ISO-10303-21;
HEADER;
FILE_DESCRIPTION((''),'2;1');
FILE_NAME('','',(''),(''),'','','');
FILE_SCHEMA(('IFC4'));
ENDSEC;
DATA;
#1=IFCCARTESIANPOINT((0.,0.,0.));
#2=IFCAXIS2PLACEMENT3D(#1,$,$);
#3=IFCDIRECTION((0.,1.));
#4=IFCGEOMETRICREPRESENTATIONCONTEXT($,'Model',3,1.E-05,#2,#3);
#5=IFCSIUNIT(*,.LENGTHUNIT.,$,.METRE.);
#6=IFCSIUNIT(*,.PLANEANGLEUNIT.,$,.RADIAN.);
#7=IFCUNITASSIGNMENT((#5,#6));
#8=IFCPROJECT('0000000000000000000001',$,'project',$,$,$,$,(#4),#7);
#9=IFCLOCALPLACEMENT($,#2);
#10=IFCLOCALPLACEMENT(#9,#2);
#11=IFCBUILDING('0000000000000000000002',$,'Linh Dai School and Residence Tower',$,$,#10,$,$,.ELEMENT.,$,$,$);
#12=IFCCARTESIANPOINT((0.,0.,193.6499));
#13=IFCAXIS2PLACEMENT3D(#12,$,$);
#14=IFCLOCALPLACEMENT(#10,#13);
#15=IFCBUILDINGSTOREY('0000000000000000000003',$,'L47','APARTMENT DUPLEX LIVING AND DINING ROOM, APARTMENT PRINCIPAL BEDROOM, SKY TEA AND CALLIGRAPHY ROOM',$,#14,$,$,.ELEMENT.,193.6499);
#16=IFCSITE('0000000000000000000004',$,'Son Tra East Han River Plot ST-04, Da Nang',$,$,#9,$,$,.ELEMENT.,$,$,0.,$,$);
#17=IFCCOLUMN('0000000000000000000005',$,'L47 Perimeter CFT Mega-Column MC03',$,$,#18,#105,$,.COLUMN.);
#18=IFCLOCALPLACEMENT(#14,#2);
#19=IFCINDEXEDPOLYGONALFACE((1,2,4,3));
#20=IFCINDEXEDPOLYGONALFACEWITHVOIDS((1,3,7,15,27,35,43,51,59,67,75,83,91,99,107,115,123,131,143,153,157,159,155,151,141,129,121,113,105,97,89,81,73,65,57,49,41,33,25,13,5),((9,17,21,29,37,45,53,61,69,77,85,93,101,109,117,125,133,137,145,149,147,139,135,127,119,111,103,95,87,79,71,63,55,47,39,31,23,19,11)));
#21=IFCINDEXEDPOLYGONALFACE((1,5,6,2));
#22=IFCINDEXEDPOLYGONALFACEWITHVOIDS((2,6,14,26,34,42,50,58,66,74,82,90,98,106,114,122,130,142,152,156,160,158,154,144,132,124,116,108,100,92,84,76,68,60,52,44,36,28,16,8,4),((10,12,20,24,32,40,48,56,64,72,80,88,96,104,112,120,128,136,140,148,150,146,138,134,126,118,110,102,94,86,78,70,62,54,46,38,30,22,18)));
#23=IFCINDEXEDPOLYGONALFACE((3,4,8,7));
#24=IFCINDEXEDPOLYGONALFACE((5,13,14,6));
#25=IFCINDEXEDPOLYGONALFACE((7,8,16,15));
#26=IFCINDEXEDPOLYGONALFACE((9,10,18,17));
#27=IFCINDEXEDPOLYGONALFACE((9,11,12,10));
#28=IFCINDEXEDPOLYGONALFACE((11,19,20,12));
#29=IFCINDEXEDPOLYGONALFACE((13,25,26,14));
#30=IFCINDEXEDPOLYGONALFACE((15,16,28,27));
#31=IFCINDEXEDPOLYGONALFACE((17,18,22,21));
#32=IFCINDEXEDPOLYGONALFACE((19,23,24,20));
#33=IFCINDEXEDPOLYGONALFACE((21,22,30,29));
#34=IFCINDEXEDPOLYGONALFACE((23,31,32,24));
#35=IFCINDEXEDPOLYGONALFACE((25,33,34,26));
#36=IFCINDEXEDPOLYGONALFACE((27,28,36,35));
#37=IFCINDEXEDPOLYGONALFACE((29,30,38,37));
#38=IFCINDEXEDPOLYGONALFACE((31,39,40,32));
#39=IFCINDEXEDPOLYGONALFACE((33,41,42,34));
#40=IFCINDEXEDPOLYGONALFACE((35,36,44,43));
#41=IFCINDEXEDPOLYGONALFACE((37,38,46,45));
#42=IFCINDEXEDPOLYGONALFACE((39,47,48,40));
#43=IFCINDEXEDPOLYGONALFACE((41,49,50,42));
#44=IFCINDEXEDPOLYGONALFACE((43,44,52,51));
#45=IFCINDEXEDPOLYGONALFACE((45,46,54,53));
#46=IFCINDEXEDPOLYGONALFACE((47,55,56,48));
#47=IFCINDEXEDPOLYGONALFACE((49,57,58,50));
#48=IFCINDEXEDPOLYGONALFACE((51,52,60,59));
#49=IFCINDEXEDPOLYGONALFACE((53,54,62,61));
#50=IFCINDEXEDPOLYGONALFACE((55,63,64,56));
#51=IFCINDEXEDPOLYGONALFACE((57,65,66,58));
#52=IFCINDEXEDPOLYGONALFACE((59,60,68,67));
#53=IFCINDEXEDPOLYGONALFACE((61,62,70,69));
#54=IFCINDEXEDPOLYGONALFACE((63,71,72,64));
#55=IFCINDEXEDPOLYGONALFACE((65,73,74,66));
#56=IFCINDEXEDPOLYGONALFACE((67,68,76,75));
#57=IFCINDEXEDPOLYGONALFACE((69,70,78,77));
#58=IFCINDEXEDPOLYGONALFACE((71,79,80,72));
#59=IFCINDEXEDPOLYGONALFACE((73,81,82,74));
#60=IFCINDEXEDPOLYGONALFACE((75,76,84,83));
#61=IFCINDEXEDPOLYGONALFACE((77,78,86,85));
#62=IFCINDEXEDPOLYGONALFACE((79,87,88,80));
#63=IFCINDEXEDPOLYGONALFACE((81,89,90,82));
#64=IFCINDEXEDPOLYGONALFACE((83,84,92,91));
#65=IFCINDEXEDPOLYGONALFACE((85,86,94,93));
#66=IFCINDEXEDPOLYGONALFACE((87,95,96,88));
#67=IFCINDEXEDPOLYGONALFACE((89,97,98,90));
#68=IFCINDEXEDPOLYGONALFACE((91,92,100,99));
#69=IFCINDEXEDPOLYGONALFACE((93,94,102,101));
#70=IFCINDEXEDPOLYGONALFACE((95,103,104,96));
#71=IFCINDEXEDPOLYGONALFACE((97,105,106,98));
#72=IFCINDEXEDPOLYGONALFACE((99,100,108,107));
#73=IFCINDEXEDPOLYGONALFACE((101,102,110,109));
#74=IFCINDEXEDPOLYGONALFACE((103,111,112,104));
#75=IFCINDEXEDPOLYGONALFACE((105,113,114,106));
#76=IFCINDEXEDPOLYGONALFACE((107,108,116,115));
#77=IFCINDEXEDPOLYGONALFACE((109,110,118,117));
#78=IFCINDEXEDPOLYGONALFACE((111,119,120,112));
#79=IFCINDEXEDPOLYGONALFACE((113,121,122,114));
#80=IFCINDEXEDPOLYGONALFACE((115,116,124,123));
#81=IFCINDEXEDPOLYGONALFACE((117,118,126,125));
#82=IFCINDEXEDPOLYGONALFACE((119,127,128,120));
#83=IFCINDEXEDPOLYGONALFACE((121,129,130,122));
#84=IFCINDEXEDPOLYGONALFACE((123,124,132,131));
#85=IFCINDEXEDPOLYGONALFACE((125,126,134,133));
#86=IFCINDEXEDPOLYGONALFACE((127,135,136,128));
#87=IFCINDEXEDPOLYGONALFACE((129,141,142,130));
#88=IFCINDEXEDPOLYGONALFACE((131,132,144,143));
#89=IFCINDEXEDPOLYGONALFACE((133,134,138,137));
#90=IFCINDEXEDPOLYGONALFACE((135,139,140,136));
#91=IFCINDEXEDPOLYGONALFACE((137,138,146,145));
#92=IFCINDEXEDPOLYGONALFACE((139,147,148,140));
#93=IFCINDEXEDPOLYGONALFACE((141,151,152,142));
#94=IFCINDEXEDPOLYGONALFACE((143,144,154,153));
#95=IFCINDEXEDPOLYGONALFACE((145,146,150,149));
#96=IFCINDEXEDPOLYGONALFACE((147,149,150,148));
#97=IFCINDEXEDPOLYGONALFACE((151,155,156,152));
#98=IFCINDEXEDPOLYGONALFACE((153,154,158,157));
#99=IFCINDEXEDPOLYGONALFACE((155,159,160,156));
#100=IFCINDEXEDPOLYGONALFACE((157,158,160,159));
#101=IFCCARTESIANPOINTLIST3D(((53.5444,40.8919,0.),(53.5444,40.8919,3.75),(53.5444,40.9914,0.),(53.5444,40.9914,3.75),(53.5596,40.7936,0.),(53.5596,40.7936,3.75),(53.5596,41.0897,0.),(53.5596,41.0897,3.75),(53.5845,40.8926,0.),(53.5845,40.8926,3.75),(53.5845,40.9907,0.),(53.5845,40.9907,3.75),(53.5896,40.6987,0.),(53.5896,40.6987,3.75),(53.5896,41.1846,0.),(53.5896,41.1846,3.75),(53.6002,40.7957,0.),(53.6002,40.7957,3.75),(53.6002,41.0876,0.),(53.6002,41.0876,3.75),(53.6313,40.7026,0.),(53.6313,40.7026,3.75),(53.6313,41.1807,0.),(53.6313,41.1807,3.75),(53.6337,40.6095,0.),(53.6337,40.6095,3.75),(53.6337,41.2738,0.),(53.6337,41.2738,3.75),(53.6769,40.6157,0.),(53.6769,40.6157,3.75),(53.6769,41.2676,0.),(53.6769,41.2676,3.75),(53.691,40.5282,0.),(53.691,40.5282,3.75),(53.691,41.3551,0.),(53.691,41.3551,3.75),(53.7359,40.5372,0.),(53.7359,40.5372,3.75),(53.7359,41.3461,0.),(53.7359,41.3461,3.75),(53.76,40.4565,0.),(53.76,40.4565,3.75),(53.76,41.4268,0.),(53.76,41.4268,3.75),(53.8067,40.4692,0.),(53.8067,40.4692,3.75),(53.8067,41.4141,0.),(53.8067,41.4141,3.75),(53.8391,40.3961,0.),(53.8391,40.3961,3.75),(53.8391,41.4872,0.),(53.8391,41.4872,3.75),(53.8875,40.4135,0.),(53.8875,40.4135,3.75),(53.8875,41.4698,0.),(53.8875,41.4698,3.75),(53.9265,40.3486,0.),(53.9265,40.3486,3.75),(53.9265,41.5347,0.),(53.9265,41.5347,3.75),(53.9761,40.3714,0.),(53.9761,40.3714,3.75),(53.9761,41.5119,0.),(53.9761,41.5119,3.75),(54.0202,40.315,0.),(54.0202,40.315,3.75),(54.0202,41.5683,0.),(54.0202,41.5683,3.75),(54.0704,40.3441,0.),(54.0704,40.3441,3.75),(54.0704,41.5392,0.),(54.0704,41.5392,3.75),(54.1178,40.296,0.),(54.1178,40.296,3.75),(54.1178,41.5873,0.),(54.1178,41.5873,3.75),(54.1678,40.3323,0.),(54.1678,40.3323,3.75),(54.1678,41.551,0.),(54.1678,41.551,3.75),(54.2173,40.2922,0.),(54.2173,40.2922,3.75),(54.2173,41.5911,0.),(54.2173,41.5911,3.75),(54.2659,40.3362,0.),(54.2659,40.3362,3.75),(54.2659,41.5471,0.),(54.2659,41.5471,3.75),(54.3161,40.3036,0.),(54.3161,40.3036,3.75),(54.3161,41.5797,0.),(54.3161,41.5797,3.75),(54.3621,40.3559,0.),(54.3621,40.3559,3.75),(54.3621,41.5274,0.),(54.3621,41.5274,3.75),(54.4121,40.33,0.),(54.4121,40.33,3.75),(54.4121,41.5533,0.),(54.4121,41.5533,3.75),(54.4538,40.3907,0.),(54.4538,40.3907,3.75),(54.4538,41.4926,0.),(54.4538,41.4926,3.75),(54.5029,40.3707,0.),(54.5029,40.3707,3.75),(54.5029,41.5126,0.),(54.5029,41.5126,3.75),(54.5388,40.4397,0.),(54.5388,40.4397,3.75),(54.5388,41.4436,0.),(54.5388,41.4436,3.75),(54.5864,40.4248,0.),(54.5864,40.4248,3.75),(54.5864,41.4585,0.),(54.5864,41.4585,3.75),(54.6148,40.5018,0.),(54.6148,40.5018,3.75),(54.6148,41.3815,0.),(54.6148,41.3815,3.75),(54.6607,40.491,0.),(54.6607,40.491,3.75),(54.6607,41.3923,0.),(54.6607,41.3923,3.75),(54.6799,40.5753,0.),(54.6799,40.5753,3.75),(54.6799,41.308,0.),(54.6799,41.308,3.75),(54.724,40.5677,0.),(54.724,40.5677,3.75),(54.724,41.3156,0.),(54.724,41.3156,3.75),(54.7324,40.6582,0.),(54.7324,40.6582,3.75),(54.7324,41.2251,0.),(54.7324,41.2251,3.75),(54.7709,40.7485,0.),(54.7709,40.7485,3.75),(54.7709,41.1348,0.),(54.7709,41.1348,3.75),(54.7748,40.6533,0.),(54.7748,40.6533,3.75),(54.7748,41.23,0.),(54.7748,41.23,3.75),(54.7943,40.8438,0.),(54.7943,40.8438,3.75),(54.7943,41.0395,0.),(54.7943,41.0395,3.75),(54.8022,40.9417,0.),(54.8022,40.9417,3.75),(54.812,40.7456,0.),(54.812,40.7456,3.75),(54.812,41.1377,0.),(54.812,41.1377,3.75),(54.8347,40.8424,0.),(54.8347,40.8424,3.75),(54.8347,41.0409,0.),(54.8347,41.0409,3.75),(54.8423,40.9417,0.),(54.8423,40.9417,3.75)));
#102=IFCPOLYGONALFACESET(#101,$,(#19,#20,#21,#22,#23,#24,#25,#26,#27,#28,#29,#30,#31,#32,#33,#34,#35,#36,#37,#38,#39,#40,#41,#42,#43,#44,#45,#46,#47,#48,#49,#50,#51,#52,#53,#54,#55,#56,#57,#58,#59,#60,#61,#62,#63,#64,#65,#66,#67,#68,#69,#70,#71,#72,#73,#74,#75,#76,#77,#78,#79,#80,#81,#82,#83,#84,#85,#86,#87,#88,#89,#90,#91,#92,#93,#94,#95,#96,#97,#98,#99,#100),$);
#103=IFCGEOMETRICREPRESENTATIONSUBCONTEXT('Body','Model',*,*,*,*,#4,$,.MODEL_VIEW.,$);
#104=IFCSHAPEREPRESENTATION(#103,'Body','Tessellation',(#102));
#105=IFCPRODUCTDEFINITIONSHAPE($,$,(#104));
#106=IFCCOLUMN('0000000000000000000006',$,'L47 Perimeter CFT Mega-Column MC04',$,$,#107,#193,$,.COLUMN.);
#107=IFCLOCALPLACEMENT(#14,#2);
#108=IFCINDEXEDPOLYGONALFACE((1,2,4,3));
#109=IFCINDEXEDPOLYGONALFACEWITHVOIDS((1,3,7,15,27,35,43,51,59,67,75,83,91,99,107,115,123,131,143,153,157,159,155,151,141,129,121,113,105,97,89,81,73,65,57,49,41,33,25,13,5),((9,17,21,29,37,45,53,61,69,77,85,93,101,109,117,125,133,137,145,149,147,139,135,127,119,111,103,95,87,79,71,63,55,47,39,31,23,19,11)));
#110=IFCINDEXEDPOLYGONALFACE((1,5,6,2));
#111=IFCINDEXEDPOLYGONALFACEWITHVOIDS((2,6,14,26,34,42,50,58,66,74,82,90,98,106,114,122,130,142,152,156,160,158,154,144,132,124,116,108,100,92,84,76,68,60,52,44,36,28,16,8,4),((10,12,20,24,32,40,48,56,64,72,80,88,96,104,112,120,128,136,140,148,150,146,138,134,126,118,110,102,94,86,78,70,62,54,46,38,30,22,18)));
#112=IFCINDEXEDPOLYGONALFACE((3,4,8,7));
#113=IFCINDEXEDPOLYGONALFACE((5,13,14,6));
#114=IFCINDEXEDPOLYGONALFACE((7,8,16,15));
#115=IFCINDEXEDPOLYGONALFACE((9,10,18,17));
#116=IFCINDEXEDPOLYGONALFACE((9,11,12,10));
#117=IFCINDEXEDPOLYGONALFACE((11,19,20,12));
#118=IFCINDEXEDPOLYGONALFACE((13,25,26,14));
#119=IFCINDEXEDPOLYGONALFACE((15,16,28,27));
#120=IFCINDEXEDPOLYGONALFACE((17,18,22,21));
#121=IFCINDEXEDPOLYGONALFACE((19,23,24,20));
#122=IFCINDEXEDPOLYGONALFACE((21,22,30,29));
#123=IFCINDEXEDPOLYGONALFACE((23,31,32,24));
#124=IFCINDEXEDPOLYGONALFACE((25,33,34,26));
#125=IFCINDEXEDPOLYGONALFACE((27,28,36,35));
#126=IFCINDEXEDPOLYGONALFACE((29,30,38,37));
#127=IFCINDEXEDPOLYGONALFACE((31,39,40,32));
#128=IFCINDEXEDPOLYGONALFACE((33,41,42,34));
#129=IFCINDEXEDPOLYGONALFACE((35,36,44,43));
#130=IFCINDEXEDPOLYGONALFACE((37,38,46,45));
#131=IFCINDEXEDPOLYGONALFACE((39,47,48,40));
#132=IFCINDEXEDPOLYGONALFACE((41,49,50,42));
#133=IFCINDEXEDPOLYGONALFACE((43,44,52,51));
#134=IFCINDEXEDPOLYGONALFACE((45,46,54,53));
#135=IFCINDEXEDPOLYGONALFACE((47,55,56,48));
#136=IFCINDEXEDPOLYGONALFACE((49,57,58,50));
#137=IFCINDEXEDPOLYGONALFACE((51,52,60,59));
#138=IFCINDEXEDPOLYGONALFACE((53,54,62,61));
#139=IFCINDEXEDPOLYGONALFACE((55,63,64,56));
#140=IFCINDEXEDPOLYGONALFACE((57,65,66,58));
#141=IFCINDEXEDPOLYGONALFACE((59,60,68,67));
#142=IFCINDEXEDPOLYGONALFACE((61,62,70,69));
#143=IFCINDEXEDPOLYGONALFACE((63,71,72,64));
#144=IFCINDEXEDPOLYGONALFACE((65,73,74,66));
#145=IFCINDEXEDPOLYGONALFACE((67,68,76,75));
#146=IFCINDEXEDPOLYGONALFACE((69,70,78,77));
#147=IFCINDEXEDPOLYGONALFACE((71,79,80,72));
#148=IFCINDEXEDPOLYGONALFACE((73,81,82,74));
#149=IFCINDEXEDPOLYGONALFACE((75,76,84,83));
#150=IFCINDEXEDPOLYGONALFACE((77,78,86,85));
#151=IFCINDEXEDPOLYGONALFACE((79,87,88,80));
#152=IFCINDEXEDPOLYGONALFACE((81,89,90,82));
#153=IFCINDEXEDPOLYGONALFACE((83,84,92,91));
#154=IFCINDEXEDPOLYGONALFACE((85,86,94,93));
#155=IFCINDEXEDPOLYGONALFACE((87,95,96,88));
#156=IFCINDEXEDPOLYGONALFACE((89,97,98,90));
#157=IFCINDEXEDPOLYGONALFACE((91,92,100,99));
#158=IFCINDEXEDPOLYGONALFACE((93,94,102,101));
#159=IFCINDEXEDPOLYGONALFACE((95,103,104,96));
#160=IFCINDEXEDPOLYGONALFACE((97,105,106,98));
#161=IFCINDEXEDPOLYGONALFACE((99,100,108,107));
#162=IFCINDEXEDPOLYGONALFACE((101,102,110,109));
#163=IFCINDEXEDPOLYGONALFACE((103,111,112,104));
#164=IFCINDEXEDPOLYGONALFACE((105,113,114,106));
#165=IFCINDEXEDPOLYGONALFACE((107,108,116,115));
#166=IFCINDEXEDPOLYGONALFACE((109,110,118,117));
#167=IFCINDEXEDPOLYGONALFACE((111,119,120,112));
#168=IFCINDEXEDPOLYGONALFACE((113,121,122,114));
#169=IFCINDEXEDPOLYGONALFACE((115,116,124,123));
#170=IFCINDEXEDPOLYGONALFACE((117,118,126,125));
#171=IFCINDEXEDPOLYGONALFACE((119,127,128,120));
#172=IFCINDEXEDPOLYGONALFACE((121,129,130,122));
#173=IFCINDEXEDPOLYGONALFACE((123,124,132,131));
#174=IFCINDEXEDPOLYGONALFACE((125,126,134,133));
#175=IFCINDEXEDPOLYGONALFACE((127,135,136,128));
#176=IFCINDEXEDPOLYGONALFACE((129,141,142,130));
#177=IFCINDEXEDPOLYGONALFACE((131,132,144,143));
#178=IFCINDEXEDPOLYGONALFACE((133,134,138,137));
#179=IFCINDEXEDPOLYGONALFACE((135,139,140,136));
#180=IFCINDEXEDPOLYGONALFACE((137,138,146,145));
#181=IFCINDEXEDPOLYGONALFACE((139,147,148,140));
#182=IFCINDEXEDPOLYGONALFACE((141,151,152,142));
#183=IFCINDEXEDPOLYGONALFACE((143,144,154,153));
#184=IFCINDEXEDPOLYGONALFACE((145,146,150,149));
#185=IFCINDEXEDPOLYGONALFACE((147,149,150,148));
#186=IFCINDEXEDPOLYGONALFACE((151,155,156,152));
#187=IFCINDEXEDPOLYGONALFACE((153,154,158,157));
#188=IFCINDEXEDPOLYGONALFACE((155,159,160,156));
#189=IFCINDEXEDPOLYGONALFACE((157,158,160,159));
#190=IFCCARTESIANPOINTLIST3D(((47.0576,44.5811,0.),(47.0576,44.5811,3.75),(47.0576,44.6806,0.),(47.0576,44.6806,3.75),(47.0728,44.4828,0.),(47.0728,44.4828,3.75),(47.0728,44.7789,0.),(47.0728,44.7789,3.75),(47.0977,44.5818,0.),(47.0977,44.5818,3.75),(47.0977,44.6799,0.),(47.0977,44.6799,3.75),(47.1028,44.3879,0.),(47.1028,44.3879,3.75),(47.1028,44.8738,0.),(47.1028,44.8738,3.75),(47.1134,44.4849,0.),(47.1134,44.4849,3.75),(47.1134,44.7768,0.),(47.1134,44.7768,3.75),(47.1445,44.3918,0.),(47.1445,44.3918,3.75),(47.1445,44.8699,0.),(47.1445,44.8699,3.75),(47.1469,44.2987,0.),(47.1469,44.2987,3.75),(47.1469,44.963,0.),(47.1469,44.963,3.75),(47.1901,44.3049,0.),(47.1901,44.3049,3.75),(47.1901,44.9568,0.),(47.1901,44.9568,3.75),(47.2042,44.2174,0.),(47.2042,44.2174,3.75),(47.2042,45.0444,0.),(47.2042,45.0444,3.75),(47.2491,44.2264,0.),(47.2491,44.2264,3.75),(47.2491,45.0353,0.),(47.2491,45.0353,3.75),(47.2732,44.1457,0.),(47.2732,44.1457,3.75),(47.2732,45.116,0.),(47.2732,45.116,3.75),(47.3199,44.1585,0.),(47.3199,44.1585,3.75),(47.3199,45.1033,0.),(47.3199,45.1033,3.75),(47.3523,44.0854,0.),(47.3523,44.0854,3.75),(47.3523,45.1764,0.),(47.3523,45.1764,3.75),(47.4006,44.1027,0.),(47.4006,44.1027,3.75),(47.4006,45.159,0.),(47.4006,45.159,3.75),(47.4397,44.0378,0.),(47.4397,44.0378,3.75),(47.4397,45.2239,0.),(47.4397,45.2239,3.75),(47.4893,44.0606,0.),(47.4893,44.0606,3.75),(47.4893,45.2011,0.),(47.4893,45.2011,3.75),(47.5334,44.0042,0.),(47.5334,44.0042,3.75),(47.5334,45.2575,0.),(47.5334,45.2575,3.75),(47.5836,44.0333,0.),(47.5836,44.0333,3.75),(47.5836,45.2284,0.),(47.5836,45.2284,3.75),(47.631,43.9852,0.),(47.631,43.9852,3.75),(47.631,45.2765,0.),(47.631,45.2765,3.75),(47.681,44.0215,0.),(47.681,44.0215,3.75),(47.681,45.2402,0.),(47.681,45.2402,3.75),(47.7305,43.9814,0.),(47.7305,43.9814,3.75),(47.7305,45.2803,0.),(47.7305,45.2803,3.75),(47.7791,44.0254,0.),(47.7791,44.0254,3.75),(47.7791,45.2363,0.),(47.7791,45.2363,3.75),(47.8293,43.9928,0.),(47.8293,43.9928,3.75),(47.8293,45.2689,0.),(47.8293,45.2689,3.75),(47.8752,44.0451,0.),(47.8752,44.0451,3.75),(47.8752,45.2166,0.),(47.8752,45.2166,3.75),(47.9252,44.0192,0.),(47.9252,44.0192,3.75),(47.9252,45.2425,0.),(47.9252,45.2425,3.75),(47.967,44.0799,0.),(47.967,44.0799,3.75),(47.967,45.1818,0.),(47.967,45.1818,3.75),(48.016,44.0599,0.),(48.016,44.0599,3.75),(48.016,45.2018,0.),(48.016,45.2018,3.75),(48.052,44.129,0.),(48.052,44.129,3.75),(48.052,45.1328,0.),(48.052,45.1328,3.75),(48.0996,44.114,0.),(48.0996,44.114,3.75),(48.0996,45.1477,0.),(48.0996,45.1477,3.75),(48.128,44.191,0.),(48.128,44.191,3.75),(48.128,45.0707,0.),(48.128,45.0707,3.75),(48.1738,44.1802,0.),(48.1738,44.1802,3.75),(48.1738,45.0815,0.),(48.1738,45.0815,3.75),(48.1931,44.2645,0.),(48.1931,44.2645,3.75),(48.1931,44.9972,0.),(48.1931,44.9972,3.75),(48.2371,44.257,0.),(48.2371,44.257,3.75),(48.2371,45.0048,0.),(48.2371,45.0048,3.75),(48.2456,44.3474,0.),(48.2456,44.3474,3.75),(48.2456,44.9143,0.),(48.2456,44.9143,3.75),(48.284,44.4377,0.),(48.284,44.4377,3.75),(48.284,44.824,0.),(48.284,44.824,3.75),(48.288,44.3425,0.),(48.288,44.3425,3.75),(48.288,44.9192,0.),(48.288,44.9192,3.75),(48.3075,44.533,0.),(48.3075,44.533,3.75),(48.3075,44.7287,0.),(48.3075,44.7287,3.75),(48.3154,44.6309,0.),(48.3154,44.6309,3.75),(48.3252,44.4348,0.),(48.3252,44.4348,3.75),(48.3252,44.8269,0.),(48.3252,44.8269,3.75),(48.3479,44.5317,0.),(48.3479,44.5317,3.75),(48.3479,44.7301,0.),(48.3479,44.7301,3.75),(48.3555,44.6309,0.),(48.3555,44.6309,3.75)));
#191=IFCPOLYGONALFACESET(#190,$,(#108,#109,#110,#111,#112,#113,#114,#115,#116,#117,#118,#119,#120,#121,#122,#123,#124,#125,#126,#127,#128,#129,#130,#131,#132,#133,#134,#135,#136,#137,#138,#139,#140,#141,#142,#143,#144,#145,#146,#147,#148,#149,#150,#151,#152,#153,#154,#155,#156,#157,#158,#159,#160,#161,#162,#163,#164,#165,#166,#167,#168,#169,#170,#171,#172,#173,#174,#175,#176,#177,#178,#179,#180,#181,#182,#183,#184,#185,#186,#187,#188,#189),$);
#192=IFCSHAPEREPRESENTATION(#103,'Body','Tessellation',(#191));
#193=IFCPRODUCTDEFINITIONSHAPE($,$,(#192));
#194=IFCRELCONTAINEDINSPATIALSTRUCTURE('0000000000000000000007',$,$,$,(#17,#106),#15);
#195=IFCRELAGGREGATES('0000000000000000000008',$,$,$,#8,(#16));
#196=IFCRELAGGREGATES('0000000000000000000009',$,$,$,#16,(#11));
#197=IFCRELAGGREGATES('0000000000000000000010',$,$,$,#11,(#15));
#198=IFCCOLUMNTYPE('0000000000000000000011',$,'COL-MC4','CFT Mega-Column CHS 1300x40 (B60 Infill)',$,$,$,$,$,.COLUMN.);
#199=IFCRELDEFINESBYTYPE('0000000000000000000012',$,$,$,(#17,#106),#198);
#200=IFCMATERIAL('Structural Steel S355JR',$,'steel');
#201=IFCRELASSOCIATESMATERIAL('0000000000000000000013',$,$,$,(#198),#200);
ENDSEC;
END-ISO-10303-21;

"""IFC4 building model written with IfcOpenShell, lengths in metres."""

from ifc_helpers import new_model, si_unit, direction, frame, origin, origin_2d, place, context, subcontext, project, spatial, hollow_circle, extrude, material, material_profile, profile_set, type_object, element, save


model = new_model("IFC4")

# Units and contexts
model_context = context("Model", 3, precision=1e-05, world=origin(), true_north=direction((0.0, 1.0)))
body_context = subcontext(model_context, "Body", "Model", "MODEL_VIEW")
ifc_project = project(units=[si_unit("LENGTHUNIT", "METRE"), si_unit("PLANEANGLEUNIT", "RADIAN")], contexts=[model_context])

# Site, building, storey
site_placement = place(None, origin())
site = spatial("IfcSite", under=ifc_project, at=site_placement, Name="Son Tra East Han River Plot ST-04, Da Nang", CompositionType="ELEMENT", RefElevation=0.0)
building_placement = place(site_placement, origin())
building = spatial("IfcBuilding", under=site, at=building_placement, Name="Linh Dai School and Residence Tower", CompositionType="ELEMENT")
storey_placement = place(building_placement, frame((0.0, 0.0, 193.6499)))
storey = spatial("IfcBuildingStorey", under=building, at=storey_placement, Name="L47", Description="APARTMENT DUPLEX LIVING AND DINING ROOM, APARTMENT PRINCIPAL BEDROOM, SKY TEA AND CALLIGRAPHY ROOM", CompositionType="ELEMENT", Elevation=193.6499)

# Columns
ifc_material_1 = material(Name="Structural Steel S355JR", Category="steel")
ifc_material_profile_1 = material_profile(ifc_material_1, hollow_circle(Radius=0.6499, WallThickness=0.04, at=origin_2d()), Name="CHS 1300x40")
ifc_profile_set_1 = profile_set([ifc_material_profile_1], Name="Structural Steel S355JR")
column_type = type_object("IfcColumnType", Name="COL-MC4", Description="CFT Mega-Column CHS 1300x40 (B60 Infill)", PredefinedType="COLUMN", material=ifc_profile_set_1)
for number, where, z_axis, x_axis, name in (
    (1, (54.1924, 40.9417, 0.0), (0.0, 0.0, 1.0), (1.0, 0.0, 0.0), "L47 Perimeter CFT Mega-Column MC03"),
    (2, (47.7056, 44.6309, 0.0), (0.0, 0.0, 1.0), (1.0, 0.0, 0.0), "L47 Perimeter CFT Mega-Column MC04"),
):
    element("IfcColumn", number, at=place(storey_placement, frame(where, z_axis=z_axis, x_axis=x_axis)), inside=storey, type_object=column_type, Name=name, PredefinedType="COLUMN", context=body_context, shape_type="SweptSolid", body=[
        extrude(hollow_circle(Radius=0.6499, WallThickness=0.04, at=origin_2d()), origin(), (0.0, 0.0, 1.0), 3.75),
    ])

save(model, "model.ifc")
